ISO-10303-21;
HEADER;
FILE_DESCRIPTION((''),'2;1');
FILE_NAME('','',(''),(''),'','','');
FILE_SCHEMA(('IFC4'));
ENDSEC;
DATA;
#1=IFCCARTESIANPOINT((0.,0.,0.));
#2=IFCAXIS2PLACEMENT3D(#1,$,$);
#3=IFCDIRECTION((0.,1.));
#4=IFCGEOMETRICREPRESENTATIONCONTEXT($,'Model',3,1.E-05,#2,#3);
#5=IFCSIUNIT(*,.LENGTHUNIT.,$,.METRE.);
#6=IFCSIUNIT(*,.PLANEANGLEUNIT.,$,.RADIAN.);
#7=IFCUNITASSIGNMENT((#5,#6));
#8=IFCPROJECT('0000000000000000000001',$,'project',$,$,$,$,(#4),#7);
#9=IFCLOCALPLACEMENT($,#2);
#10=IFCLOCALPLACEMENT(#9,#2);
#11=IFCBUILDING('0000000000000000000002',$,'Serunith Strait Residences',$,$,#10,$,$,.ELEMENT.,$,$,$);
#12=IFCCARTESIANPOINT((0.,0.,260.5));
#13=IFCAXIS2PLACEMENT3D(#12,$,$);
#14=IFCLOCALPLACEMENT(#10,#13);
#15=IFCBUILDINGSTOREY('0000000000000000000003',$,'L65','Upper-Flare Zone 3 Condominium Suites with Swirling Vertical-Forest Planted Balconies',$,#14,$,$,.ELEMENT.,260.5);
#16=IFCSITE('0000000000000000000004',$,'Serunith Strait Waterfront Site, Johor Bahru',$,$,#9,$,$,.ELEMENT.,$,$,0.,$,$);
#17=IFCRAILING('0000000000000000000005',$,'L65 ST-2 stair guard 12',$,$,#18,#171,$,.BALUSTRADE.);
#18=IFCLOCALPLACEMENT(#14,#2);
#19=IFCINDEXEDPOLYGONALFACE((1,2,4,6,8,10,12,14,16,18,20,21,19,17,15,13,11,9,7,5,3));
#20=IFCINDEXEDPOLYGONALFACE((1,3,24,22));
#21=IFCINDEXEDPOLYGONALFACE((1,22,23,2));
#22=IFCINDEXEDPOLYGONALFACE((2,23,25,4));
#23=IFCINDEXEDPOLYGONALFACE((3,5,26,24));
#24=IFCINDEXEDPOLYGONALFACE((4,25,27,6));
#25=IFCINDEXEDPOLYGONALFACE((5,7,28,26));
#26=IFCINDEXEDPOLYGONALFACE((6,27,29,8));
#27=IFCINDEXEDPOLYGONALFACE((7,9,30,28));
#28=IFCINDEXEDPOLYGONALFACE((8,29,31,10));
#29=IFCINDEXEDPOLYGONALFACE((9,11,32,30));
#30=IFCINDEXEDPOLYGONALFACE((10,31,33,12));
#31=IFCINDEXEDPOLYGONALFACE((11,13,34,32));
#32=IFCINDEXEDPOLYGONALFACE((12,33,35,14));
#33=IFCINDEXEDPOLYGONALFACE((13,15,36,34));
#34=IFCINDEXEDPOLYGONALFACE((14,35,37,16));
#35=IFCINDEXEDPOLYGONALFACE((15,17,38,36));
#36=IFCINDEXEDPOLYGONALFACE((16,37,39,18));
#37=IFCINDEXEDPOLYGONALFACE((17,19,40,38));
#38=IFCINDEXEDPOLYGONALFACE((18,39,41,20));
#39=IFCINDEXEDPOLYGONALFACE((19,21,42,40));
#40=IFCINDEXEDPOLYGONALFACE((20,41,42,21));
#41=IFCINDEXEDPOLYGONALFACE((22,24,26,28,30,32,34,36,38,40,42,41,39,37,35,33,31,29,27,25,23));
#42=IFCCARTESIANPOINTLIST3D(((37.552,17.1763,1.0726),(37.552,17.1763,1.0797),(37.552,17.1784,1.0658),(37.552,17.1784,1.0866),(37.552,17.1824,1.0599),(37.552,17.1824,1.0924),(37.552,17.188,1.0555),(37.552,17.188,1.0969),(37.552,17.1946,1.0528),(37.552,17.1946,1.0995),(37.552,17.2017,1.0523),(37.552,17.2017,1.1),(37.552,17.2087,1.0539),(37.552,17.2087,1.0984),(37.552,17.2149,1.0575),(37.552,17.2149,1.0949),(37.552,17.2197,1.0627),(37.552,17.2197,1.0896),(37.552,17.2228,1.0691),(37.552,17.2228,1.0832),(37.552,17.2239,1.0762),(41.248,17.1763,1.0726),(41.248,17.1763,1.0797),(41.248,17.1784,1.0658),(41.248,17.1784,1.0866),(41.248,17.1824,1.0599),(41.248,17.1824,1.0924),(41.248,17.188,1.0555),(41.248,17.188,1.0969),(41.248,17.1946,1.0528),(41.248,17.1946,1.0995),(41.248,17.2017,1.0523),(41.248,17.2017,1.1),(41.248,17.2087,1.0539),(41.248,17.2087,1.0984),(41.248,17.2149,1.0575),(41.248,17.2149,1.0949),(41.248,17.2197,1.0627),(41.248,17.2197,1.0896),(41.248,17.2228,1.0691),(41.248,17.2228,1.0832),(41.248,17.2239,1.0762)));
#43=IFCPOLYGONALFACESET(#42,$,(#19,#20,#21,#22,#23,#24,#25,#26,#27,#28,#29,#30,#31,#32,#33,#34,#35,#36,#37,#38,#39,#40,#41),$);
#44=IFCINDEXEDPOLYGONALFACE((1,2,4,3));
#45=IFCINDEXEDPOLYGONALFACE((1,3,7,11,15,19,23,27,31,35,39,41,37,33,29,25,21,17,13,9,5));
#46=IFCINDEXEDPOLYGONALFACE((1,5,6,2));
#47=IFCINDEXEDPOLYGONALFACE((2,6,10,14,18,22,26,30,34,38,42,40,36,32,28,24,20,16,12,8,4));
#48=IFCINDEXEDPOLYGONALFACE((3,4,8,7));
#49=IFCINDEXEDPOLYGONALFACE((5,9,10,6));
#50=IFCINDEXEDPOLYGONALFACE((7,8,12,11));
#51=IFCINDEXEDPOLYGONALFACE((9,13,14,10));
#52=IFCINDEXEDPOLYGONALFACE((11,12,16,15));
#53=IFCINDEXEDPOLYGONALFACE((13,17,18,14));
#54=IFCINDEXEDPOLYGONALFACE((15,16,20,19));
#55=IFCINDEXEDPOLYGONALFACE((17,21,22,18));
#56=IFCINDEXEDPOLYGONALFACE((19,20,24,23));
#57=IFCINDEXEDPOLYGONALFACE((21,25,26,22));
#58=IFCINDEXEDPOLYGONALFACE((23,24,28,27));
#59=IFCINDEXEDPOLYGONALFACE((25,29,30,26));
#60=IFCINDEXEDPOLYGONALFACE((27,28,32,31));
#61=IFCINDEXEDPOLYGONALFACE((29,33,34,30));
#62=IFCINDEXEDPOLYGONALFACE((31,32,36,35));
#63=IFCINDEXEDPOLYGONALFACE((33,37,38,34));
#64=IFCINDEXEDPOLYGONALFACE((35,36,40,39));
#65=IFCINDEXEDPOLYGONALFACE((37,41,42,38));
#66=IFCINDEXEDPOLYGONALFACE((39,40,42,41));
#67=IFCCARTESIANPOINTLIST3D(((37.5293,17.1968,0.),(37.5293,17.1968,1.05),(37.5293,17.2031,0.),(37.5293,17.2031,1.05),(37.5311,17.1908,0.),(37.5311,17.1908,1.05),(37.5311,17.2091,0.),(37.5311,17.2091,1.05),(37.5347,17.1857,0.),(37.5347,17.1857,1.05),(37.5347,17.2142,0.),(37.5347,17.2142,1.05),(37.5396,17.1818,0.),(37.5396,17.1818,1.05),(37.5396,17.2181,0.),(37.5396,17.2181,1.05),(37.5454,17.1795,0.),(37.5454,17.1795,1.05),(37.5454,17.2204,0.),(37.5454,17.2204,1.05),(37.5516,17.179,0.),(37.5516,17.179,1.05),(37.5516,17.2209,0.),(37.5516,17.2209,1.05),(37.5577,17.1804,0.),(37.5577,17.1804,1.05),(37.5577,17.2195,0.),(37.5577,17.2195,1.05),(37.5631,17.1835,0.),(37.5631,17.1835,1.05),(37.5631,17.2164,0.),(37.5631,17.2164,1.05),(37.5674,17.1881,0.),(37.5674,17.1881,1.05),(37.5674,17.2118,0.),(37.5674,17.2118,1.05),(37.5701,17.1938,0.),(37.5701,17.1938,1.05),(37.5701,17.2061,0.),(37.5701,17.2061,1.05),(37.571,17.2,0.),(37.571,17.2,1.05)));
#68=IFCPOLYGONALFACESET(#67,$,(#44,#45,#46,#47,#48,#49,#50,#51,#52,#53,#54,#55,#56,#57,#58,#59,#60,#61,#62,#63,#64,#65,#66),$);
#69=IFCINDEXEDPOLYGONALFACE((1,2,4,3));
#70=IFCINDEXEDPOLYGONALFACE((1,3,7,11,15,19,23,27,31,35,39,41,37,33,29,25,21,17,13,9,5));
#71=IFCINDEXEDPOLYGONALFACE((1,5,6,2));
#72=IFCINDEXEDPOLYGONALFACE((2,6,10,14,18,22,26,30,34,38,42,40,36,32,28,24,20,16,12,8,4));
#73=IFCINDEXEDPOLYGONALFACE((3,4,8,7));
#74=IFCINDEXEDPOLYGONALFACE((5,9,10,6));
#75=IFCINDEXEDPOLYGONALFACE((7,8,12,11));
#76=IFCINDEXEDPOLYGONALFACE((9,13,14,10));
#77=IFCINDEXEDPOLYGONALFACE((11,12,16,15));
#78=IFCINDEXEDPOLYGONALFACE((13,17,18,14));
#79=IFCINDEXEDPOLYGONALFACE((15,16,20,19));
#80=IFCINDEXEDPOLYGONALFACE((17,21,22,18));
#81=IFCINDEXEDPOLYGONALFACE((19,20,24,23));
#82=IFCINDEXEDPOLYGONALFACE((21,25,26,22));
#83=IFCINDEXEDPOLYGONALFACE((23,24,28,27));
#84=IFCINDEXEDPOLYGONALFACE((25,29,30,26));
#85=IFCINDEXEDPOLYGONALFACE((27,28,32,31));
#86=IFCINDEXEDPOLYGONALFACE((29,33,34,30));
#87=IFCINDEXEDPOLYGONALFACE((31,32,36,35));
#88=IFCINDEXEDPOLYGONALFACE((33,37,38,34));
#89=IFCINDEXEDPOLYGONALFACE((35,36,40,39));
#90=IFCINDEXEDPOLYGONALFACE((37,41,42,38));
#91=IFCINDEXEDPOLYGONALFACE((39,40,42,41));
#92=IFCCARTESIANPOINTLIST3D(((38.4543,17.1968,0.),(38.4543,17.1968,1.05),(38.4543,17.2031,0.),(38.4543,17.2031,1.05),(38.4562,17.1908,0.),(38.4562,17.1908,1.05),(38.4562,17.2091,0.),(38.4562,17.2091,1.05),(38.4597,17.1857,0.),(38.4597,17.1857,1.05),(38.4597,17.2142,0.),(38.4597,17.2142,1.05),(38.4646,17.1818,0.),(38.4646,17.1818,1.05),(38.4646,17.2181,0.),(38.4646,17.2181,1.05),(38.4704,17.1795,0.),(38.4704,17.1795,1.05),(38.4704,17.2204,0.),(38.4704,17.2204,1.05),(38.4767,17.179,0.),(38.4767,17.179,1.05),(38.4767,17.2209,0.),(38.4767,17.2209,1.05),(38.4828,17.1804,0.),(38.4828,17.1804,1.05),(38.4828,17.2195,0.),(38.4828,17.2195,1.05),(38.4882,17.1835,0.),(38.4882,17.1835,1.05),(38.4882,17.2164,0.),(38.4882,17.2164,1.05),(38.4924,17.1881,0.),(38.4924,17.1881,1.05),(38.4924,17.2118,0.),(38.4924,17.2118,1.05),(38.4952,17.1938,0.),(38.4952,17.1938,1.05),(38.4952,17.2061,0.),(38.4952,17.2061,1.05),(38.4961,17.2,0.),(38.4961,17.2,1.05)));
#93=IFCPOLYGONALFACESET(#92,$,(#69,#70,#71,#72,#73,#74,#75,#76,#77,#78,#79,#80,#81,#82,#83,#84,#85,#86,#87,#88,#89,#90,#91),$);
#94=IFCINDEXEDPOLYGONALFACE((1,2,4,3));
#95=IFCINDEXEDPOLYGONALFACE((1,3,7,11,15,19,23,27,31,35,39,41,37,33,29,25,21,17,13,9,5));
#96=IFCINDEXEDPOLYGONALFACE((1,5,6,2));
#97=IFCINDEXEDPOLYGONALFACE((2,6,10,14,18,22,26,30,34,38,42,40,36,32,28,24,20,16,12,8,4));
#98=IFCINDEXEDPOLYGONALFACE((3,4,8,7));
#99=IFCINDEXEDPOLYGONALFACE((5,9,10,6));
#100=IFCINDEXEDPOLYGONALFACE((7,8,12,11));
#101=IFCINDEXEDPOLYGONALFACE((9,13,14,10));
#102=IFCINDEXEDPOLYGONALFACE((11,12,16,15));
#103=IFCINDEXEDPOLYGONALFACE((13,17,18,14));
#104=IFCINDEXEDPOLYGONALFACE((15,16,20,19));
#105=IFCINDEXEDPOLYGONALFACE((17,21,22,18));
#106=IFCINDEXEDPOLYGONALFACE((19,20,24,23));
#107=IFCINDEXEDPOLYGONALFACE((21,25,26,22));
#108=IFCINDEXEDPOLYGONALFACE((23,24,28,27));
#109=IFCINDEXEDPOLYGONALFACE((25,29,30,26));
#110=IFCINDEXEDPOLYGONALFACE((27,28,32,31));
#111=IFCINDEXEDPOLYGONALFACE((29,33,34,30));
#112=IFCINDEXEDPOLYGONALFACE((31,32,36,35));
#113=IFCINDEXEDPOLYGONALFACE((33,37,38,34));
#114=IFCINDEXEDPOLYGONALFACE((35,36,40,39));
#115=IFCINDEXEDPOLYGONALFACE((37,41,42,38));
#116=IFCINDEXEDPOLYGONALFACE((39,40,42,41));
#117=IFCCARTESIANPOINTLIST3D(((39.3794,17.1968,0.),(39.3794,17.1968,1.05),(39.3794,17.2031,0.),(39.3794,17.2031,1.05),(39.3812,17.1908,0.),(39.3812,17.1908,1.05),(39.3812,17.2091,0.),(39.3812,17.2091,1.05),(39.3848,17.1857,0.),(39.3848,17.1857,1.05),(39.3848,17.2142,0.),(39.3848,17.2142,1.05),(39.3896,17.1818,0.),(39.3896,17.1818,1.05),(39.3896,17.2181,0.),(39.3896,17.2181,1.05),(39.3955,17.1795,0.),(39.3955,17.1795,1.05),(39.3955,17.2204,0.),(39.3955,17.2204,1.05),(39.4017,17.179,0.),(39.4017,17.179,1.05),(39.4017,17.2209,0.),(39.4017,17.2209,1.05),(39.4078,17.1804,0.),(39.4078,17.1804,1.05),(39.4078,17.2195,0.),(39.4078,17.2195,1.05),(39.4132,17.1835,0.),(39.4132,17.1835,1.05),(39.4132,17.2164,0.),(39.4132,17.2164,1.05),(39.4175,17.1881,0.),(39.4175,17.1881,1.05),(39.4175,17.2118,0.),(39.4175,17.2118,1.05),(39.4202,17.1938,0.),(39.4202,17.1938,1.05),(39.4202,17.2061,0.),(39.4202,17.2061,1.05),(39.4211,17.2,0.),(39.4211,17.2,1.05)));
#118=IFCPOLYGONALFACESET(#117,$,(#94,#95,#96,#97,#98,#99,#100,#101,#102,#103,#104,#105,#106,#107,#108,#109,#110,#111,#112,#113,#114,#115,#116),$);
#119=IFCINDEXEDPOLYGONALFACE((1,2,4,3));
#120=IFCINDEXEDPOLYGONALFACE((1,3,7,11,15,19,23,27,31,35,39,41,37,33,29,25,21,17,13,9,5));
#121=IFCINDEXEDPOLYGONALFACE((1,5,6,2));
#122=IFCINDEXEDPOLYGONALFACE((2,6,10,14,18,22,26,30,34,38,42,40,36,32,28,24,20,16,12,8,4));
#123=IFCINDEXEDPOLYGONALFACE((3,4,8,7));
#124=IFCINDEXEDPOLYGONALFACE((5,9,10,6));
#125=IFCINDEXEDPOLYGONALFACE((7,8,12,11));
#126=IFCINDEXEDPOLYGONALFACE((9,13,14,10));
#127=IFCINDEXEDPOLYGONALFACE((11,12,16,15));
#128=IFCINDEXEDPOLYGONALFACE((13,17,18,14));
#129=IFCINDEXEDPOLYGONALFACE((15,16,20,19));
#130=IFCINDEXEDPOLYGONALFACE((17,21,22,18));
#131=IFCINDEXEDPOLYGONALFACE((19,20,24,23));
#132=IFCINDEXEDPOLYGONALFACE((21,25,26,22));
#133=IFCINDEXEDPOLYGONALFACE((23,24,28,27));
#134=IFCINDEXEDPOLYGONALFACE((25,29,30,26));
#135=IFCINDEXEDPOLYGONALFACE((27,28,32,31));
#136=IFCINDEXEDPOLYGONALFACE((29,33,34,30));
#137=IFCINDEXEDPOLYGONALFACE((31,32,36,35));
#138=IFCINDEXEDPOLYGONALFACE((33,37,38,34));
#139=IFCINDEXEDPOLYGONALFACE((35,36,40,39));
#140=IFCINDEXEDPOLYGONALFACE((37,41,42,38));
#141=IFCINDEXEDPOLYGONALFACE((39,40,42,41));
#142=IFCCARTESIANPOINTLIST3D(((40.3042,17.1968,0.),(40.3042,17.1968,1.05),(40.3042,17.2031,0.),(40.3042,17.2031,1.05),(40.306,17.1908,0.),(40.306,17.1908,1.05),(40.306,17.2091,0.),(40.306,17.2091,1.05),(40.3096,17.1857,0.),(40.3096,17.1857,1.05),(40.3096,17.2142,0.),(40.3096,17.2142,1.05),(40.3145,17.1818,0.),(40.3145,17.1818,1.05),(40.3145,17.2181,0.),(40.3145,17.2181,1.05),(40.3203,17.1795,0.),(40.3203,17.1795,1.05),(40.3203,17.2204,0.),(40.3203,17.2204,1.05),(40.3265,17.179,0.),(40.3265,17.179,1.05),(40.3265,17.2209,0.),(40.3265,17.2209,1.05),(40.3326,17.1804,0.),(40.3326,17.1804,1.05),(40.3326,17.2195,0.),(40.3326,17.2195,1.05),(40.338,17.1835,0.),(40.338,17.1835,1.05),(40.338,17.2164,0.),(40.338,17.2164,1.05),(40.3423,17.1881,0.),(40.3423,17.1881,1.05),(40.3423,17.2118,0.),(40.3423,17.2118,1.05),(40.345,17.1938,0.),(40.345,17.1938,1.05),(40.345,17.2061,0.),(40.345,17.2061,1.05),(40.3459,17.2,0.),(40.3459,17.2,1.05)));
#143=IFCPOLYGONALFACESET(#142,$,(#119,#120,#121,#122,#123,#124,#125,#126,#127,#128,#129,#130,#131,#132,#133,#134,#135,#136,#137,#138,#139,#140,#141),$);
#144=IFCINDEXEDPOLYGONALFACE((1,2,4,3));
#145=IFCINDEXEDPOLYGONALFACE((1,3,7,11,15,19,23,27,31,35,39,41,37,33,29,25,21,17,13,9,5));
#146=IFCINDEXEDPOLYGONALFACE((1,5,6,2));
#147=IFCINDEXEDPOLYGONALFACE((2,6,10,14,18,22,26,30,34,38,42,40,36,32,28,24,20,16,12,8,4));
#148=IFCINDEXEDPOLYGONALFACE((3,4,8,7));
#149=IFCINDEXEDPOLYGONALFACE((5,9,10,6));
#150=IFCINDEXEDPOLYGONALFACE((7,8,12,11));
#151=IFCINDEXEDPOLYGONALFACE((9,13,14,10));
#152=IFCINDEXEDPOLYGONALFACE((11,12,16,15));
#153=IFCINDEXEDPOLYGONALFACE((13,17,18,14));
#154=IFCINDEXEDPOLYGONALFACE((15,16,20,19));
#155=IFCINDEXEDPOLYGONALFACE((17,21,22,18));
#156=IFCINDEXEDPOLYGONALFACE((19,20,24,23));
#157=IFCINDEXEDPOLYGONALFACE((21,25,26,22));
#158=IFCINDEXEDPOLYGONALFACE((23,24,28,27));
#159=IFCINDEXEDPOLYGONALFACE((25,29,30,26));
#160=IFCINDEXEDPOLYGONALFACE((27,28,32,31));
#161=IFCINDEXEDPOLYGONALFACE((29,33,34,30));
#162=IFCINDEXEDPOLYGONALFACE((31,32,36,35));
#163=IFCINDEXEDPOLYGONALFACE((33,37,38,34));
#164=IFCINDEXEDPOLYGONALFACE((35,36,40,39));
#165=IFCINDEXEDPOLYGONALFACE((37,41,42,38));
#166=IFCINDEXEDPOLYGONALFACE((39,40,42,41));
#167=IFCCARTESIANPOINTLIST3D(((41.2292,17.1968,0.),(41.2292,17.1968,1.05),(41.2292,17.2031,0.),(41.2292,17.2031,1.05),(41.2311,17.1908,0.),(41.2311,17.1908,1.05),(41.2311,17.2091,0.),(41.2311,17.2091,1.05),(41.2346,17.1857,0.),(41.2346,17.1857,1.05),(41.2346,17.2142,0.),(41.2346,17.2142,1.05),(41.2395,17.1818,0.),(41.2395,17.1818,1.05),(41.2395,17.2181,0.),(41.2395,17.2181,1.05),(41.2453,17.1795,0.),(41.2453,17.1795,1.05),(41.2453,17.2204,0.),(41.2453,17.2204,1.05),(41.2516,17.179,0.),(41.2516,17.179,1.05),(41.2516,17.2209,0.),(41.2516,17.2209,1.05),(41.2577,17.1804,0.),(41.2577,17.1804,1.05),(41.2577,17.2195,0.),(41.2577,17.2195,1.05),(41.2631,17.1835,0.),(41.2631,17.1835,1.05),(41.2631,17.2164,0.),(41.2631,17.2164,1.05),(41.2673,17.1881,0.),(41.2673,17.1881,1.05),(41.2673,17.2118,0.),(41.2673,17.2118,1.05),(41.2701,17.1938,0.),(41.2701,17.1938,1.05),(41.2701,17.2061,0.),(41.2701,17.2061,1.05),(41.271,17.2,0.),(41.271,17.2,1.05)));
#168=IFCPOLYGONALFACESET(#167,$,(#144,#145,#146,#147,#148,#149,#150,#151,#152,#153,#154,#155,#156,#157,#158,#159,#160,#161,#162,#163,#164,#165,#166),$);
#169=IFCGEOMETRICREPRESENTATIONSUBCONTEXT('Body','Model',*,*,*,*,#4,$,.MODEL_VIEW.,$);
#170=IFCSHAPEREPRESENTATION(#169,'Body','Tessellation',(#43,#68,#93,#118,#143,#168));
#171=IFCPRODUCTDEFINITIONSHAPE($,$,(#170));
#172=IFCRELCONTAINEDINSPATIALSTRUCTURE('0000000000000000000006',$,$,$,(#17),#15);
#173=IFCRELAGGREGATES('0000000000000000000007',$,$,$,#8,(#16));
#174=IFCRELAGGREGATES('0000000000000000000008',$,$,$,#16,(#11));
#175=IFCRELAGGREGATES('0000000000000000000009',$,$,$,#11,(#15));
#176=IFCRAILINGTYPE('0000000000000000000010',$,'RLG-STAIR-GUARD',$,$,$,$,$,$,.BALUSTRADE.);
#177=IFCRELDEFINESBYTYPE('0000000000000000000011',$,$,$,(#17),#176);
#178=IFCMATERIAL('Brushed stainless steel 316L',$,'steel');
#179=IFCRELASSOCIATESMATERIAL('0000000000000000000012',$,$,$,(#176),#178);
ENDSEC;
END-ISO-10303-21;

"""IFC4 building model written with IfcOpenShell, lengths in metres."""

from ifc_helpers import new_model, si_unit, direction, frame, origin, origin_2d, place, context, subcontext, project, spatial, circle, extrude, material, type_object, element, save


model = new_model("IFC4")

# Units and contexts
model_context = context("Model", 3, precision=1e-05, world=origin(), true_north=direction((0.0, 1.0)))
body_context = subcontext(model_context, "Body", "Model", "MODEL_VIEW")
ifc_project = project(units=[si_unit("LENGTHUNIT", "METRE"), si_unit("PLANEANGLEUNIT", "RADIAN")], contexts=[model_context])

# Site, building, storey
site_placement = place(None, origin())
site = spatial("IfcSite", under=ifc_project, at=site_placement, Name="Serunith Strait Waterfront Site, Johor Bahru", CompositionType="ELEMENT", RefElevation=0.0)
building_placement = place(site_placement, origin())
building = spatial("IfcBuilding", under=site, at=building_placement, Name="Serunith Strait Residences", CompositionType="ELEMENT")
storey_placement = place(building_placement, frame((0.0, 0.0, 260.5)))
storey = spatial("IfcBuildingStorey", under=building, at=storey_placement, Name="L65", Description="Upper-Flare Zone 3 Condominium Suites with Swirling Vertical-Forest Planted Balconies", CompositionType="ELEMENT", Elevation=260.5)

# Railing
ifc_material_1 = material(Name="Brushed stainless steel 316L", Category="steel")
railing_type_1 = type_object("IfcRailingType", Name="RLG-STAIR-GUARD", PredefinedType="BALUSTRADE", material=ifc_material_1)
railing_1_placement = place(storey_placement, frame((37.55, 17.2, 0.0)))
element("IfcRailing", 1, at=railing_1_placement, inside=storey, type_object=railing_type_1, Name="L65 ST-2 stair guard 12", PredefinedType="BALUSTRADE", context=body_context, shape_type="SweptSolid", body=[
    extrude(circle(Radius=0.0239, at=origin_2d()), frame((0.002, 0.0, 1.0762), z_axis=(1.0, 0.0, 0.0), x_axis=(0.0, 1.0, 0.0)), (0.0, 0.0, 1.0), 3.696),
    extrude(circle(Radius=0.021, at=origin_2d()), origin(), (0.0, 0.0, 1.0), 1.05),
    extrude(circle(Radius=0.021, at=origin_2d()), frame((0.925, 0.0, 0.0)), (0.0, 0.0, 1.0), 1.05),
    extrude(circle(Radius=0.021, at=origin_2d()), frame((1.8501, 0.0, 0.0)), (0.0, 0.0, 1.0), 1.05),
    extrude(circle(Radius=0.021, at=origin_2d()), frame((2.7749, 0.0, 0.0)), (0.0, 0.0, 1.0), 1.05),
    extrude(circle(Radius=0.021, at=origin_2d()), frame((3.7, 0.0, 0.0)), (0.0, 0.0, 1.0), 1.05),
])

save(model, "model.ifc")
